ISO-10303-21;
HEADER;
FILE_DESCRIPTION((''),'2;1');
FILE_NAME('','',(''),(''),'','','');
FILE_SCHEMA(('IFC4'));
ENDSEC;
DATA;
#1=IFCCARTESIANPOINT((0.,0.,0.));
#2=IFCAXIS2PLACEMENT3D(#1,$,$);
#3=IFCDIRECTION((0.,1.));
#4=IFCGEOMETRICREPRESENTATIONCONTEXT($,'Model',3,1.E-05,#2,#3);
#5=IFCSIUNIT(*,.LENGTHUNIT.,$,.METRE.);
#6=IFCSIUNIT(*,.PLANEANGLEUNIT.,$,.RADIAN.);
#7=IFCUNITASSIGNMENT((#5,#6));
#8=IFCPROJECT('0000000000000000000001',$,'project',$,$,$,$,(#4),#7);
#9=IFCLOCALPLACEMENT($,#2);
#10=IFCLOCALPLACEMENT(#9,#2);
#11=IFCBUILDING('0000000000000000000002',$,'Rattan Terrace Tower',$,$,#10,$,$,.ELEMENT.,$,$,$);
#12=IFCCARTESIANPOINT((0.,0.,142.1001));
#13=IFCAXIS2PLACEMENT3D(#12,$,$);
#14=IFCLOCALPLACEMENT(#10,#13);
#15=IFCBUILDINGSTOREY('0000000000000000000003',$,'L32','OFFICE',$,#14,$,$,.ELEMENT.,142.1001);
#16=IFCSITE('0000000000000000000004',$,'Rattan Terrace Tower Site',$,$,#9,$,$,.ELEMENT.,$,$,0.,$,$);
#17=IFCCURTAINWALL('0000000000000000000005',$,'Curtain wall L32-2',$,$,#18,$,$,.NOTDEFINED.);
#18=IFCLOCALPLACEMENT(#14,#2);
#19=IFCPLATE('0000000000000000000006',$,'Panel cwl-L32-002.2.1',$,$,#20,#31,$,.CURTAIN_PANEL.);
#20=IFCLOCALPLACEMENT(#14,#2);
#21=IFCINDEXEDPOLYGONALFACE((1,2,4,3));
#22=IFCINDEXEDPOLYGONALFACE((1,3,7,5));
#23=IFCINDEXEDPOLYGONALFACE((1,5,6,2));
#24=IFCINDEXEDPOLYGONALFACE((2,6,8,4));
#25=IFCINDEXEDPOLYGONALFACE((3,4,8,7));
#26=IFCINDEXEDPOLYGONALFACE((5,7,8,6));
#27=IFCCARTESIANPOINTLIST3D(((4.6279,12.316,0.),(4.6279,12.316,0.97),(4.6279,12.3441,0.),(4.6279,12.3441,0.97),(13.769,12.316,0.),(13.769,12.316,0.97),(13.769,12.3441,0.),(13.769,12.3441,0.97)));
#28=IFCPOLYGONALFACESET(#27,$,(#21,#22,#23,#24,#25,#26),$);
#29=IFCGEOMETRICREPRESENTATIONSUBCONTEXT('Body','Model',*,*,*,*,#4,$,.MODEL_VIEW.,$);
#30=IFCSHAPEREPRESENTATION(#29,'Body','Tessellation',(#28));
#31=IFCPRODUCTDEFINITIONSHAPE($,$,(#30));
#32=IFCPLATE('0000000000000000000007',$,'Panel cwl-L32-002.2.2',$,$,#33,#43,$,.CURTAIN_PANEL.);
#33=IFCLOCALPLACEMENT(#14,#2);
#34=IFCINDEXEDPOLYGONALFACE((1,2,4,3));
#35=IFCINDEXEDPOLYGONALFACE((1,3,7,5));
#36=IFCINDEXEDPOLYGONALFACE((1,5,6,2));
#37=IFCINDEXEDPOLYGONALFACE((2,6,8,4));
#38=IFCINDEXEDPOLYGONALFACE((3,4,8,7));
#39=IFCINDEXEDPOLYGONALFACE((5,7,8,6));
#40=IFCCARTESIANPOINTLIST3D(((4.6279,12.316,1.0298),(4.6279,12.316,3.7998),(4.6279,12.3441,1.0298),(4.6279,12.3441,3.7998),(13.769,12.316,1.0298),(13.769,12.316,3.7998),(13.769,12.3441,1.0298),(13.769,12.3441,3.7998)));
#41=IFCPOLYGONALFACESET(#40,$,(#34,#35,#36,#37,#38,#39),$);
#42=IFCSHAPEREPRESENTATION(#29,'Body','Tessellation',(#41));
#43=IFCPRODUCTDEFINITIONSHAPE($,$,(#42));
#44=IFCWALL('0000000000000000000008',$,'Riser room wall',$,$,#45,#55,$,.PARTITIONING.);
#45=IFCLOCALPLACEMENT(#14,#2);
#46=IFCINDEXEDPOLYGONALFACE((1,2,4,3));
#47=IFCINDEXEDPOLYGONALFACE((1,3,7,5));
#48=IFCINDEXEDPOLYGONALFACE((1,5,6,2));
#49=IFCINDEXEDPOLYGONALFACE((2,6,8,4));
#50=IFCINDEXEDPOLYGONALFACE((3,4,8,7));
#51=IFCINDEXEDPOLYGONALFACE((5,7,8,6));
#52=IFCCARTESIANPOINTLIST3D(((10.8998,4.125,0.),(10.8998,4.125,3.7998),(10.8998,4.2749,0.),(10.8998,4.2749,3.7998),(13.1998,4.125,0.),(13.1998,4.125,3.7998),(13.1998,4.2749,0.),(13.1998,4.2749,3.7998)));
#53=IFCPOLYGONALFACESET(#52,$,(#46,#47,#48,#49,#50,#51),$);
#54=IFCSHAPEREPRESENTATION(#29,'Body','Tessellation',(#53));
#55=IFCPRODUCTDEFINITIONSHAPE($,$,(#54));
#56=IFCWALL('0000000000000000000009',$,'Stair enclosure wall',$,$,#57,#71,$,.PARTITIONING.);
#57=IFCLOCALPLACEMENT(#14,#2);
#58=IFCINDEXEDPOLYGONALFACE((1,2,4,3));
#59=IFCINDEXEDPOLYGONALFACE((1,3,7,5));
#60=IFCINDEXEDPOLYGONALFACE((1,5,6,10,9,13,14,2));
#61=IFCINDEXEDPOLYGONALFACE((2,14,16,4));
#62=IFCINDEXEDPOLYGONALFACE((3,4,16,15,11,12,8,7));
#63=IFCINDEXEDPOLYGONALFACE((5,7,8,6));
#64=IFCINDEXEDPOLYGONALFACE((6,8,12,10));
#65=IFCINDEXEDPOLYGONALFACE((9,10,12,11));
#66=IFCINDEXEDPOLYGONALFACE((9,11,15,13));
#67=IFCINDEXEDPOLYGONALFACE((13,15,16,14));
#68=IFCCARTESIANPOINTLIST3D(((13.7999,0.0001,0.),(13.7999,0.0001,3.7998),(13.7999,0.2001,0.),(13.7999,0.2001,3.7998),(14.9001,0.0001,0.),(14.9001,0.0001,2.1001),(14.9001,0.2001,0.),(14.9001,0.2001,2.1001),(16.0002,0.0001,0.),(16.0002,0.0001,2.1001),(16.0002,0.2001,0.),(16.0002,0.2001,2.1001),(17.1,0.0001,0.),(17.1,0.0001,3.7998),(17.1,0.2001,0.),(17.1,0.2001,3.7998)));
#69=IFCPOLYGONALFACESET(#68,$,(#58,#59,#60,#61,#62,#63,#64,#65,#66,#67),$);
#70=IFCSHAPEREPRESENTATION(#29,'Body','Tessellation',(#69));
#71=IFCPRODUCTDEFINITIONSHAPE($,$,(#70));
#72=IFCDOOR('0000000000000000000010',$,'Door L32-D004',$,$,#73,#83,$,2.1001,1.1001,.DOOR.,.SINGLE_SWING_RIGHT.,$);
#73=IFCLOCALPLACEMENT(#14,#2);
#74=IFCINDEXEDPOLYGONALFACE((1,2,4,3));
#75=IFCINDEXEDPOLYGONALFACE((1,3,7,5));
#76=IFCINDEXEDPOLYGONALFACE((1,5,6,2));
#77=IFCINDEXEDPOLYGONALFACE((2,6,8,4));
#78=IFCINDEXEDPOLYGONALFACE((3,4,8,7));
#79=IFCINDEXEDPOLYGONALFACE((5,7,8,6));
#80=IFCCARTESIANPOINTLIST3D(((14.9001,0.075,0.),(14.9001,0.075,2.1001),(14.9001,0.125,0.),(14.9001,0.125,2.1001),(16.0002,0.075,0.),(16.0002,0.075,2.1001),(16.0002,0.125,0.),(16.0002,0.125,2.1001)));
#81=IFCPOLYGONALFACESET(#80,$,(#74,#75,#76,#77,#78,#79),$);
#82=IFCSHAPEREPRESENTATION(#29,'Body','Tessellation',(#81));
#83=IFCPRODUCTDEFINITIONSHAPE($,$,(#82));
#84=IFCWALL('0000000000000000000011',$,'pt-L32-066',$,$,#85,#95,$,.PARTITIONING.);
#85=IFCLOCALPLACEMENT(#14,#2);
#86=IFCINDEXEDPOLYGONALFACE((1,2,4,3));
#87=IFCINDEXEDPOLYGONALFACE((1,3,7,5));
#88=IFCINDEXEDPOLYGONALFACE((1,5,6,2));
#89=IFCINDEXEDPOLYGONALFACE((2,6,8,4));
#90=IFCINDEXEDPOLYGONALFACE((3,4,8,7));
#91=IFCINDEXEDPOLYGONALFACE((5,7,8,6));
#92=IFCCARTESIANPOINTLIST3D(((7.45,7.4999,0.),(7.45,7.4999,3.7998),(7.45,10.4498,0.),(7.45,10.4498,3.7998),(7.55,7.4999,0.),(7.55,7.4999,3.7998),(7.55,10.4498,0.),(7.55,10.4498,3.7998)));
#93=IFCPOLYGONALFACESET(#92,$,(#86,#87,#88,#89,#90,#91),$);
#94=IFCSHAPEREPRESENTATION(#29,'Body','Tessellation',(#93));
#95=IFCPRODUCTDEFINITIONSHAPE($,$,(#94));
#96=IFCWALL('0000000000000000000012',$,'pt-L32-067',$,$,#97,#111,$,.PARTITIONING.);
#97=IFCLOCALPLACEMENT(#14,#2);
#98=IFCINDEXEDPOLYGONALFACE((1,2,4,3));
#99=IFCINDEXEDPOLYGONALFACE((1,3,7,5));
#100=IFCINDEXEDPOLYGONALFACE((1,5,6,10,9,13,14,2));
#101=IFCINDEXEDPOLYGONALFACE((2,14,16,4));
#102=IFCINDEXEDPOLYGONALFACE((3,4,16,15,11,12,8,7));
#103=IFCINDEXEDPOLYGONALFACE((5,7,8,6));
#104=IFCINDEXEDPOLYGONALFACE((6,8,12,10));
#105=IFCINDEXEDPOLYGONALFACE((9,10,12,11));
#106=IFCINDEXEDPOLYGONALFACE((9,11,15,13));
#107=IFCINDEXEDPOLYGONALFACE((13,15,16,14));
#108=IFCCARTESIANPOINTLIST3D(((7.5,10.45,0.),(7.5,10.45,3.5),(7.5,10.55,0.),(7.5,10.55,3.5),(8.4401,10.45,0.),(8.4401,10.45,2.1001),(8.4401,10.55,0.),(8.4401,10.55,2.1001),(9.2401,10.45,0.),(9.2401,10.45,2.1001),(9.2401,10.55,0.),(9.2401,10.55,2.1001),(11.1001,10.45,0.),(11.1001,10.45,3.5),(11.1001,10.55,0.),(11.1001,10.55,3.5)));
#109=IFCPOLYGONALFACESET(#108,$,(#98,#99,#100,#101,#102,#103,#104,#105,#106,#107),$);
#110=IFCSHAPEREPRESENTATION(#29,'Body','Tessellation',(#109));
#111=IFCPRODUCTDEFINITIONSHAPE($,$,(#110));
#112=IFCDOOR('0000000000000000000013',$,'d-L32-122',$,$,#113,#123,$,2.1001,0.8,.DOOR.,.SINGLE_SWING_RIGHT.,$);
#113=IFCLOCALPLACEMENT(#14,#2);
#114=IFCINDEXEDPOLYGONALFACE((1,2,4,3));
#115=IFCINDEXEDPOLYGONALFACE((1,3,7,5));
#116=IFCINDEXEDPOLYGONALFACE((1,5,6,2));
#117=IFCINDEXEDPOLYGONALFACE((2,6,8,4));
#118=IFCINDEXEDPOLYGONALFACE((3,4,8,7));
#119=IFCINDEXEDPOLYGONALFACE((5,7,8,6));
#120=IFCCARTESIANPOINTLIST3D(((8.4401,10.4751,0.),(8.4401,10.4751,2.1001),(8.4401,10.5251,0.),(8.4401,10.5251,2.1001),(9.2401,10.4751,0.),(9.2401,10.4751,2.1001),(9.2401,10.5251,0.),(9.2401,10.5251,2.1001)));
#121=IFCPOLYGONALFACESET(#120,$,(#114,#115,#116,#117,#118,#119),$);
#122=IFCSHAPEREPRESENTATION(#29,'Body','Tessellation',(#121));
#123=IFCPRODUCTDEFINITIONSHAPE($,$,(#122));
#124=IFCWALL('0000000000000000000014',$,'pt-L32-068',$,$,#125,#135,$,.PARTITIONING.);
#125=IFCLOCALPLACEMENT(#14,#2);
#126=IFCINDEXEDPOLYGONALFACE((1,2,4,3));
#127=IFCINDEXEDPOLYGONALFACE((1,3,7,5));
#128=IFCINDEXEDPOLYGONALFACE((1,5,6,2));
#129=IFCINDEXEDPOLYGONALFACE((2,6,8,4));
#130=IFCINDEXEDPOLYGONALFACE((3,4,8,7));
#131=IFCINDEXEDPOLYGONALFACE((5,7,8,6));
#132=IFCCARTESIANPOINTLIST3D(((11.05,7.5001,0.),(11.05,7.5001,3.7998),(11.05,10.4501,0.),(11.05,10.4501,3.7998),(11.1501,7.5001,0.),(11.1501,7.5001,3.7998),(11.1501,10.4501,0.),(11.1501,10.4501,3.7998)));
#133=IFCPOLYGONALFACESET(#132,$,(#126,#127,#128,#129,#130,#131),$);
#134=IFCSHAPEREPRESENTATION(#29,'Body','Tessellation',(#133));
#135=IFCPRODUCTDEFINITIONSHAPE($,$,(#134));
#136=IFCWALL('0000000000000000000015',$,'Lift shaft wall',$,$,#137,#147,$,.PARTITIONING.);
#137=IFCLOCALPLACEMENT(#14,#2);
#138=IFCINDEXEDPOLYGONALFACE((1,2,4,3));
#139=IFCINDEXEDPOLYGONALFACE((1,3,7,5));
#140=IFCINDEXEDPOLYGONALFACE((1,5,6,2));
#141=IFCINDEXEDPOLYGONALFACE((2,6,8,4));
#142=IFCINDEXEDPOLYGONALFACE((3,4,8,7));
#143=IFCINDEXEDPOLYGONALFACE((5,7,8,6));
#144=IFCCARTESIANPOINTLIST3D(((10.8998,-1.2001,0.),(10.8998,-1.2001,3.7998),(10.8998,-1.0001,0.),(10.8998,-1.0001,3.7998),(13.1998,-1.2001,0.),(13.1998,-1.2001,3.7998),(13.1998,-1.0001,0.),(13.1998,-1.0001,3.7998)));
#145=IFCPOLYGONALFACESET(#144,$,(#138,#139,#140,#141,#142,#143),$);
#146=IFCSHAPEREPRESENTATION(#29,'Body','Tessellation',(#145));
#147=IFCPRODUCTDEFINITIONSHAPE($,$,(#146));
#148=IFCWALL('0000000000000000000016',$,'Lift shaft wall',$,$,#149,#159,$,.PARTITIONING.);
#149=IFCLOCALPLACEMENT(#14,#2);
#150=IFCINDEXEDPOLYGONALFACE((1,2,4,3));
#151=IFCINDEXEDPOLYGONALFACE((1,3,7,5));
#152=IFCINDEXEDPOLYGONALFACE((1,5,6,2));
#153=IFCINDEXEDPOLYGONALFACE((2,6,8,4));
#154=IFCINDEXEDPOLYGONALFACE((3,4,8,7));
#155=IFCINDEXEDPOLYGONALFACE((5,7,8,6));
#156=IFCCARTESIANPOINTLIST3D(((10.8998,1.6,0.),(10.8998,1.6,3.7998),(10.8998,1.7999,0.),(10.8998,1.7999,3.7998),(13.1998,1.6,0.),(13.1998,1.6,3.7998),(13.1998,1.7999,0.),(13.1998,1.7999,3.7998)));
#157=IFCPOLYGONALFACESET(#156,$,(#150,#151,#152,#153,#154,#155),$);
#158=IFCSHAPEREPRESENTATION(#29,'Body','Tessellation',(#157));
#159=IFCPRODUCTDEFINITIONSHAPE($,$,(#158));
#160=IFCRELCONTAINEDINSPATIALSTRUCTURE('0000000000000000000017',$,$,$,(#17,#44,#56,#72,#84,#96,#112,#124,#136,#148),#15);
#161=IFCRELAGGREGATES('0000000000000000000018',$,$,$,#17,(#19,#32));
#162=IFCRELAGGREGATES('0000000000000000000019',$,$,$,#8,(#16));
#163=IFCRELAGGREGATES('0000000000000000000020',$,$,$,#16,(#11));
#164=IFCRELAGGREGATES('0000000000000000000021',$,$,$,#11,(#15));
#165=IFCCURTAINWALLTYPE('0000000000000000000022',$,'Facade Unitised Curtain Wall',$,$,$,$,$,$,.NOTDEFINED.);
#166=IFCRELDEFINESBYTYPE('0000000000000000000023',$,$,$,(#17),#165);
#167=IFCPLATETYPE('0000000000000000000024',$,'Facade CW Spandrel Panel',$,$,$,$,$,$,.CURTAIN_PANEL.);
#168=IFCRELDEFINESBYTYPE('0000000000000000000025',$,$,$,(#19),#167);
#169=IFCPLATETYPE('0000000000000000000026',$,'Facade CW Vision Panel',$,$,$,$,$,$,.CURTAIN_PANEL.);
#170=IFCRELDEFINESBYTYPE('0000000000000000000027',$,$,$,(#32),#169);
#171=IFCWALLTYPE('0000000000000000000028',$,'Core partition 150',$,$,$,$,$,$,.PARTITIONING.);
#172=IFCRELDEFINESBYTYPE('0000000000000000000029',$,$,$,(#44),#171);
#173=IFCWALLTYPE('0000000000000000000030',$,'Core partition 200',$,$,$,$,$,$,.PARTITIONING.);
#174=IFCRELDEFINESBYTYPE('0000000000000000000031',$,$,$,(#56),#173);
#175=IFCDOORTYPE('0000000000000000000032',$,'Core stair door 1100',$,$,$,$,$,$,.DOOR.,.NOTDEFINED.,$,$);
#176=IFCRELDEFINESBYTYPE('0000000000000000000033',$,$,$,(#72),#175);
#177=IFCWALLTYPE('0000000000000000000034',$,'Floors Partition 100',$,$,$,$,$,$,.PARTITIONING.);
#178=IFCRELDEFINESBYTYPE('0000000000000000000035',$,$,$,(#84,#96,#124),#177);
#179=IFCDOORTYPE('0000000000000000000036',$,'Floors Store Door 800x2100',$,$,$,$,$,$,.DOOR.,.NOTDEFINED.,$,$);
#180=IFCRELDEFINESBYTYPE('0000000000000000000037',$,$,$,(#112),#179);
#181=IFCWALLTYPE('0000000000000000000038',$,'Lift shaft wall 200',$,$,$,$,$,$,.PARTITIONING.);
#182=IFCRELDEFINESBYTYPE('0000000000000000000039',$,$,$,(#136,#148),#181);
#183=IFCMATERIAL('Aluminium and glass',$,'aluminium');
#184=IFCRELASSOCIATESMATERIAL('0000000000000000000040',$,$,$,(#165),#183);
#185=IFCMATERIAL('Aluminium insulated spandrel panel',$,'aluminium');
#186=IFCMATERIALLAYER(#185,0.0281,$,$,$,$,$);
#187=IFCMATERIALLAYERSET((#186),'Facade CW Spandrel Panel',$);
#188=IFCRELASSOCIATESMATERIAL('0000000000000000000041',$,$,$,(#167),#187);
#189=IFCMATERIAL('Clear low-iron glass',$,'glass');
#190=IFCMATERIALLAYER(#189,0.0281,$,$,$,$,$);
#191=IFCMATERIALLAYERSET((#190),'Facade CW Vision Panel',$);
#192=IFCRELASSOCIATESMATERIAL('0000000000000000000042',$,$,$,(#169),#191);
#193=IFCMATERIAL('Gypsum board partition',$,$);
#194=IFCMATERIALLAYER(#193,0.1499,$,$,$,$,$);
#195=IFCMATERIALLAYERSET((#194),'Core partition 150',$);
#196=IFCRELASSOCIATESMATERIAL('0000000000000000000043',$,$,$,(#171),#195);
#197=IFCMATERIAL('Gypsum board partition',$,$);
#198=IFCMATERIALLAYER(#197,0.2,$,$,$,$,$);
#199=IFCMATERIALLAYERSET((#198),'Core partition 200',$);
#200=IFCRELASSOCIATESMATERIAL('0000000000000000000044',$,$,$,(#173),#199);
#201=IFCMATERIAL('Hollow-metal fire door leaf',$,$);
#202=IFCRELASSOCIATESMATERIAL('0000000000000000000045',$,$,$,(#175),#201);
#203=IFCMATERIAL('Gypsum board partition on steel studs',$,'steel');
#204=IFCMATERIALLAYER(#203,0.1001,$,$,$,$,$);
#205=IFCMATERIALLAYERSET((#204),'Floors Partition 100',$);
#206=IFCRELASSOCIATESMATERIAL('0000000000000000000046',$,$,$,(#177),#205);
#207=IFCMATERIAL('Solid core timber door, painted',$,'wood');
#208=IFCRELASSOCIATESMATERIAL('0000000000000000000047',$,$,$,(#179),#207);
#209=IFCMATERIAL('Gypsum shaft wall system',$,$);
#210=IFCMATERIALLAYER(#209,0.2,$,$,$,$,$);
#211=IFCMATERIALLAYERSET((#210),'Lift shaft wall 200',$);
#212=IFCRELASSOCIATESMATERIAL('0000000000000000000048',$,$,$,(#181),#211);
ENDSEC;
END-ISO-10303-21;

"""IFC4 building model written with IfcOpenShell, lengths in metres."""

from ifc_helpers import new_model, si_unit, direction, frame, frame_2d, origin, origin_2d, place, context, subcontext, project, spatial, rectangle, extrude, material, layer, layer_set, type_object, element, fill, aggregate, save


model = new_model("IFC4")

# Units and contexts
model_context = context("Model", 3, precision=1e-05, world=origin(), true_north=direction((0.0, 1.0)))
body_context = subcontext(model_context, "Body", "Model", "MODEL_VIEW")
ifc_project = project(units=[si_unit("LENGTHUNIT", "METRE"), si_unit("PLANEANGLEUNIT", "RADIAN")], contexts=[model_context])

# Site, building, storey
site_placement = place(None, origin())
site = spatial("IfcSite", under=ifc_project, at=site_placement, Name="Rattan Terrace Tower Site", CompositionType="ELEMENT", RefElevation=0.0)
building_placement = place(site_placement, origin())
building = spatial("IfcBuilding", under=site, at=building_placement, Name="Rattan Terrace Tower", CompositionType="ELEMENT")
storey_placement = place(building_placement, frame((0.0, 0.0, 142.1001)))
storey = spatial("IfcBuildingStorey", under=building, at=storey_placement, Name="L32", Description="OFFICE", CompositionType="ELEMENT", Elevation=142.1001)

# Curtain wall
ifc_material_1 = material(Name="Aluminium and glass", Category="aluminium")
curtain_wall_type = type_object("IfcCurtainWallType", Name="Facade Unitised Curtain Wall", PredefinedType="NOTDEFINED", material=ifc_material_1)
curtain_wall_placement = place(storey_placement, origin())
curtain_wall = element("IfcCurtainWall", 1, at=curtain_wall_placement, inside=storey, type_object=curtain_wall_type, Name="Curtain wall L32-2", PredefinedType="NOTDEFINED")

# Plates
ifc_material_2 = material(Name="Aluminium insulated spandrel panel", Category="aluminium")
ifc_layer_1 = layer(ifc_material_2, 0.0281)
ifc_layer_set_1 = layer_set([ifc_layer_1], Name="Facade CW Spandrel Panel")
plate_type_1 = type_object("IfcPlateType", Name="Facade CW Spandrel Panel", PredefinedType="CURTAIN_PANEL", material=ifc_layer_set_1)
plate_1_placement = place(storey_placement, frame((9.1985, 12.3301, 0.0), z_axis=(0.0, 0.0, 1.0), x_axis=(-1.0, 0.0, 0.0)))
plate_1 = element("IfcPlate", 2, at=plate_1_placement, type_object=plate_type_1, Name="Panel cwl-L32-002.2.1", PredefinedType="CURTAIN_PANEL", context=body_context, shape_type="SweptSolid", body=[
    extrude(rectangle(XDim=9.1411, YDim=0.0281, at=origin_2d()), origin(), (0.0, 0.0, 1.0), 0.97),
])
ifc_material_3 = material(Name="Clear low-iron glass", Category="glass")
ifc_layer_2 = layer(ifc_material_3, 0.0281)
ifc_layer_set_2 = layer_set([ifc_layer_2], Name="Facade CW Vision Panel")
plate_type_2 = type_object("IfcPlateType", Name="Facade CW Vision Panel", PredefinedType="CURTAIN_PANEL", material=ifc_layer_set_2)
plate_2_placement = place(storey_placement, frame((9.1985, 12.3301, 1.0298), z_axis=(0.0, 0.0, 1.0), x_axis=(-1.0, 0.0, 0.0)))
plate_2 = element("IfcPlate", 3, at=plate_2_placement, type_object=plate_type_2, Name="Panel cwl-L32-002.2.2", PredefinedType="CURTAIN_PANEL", context=body_context, shape_type="SweptSolid", body=[
    extrude(rectangle(XDim=9.1411, YDim=0.0281, at=origin_2d()), origin(), (0.0, 0.0, 1.0), 2.77),
])
aggregate(curtain_wall, [plate_1, plate_2])

# Wall
ifc_material_4 = material(Name="Gypsum board partition")
ifc_layer_3 = layer(ifc_material_4, 0.1499)
ifc_layer_set_3 = layer_set([ifc_layer_3], Name="Core partition 150")
wall_type_1 = type_object("IfcWallType", Name="Core partition 150", PredefinedType="PARTITIONING", material=ifc_layer_set_3)
wall_1_placement = place(storey_placement, frame((10.8999, 4.2, 0.0), z_axis=(0.0, 0.0, 1.0), x_axis=(1.0, 0.0, 0.0)))
element("IfcWall", 4, at=wall_1_placement, inside=storey, type_object=wall_type_1, Name="Riser room wall", PredefinedType="PARTITIONING", context=body_context, shape_type="SweptSolid", body=[
    extrude(rectangle(XDim=2.3, YDim=0.1499, at=frame_2d((1.1499, 0.0))), origin(), (0.0, 0.0, 1.0), 3.7998),
])

# Wall, opening, door
ifc_material_5 = material(Name="Gypsum board partition")
ifc_layer_4 = layer(ifc_material_5, 0.2)
ifc_layer_set_4 = layer_set([ifc_layer_4], Name="Core partition 200")
wall_type_2 = type_object("IfcWallType", Name="Core partition 200", PredefinedType="PARTITIONING", material=ifc_layer_set_4)
wall_2_placement = place(storey_placement, frame((13.8, 0.1001, 0.0), z_axis=(0.0, 0.0, 1.0), x_axis=(1.0, 0.0, 0.0)))
wall_2 = element("IfcWall", 5, at=wall_2_placement, inside=storey, type_object=wall_type_2, Name="Stair enclosure wall", PredefinedType="PARTITIONING", context=body_context, shape_type="SweptSolid", body=[
    extrude(rectangle(XDim=3.3, YDim=0.2, at=frame_2d((1.6499, 0.0))), origin(), (0.0, 0.0, 1.0), 3.7998),
])
opening_1_placement = place(wall_2_placement, frame((1.1001, 0.0, 0.0)))
opening_1 = element("IfcOpeningElement", 6, at=opening_1_placement, cuts=wall_2, PredefinedType="OPENING", context=body_context, shape_type="SweptSolid", body=[
    extrude(rectangle(XDim=1.1001, YDim=2.1001, at=frame_2d((0.55, 1.05))), frame((0.0, 0.1106, 0.0), z_axis=(0.0, -1.0, 0.0), x_axis=(1.0, 0.0, 0.0)), (0.0, 0.0, 1.0), 0.2209),
])
ifc_material_6 = material(Name="Hollow-metal fire door leaf")
door_type_1 = type_object("IfcDoorType", Name="Core stair door 1100", OperationType="NOTDEFINED", PredefinedType="DOOR", material=ifc_material_6)
door_1_placement = place(opening_1_placement, origin())
door_1 = element("IfcDoor", 7, at=door_1_placement, inside=storey, type_object=door_type_1, Name="Door L32-D004", OperationType="SINGLE_SWING_RIGHT", OverallHeight=2.1001, OverallWidth=1.1001, PredefinedType="DOOR", context=body_context, shape_type="SweptSolid", body=[
    extrude(rectangle(XDim=1.1001, YDim=2.1001, at=frame_2d((0.55, 1.05))), frame((0.0, 0.0249, 0.0), z_axis=(0.0, -1.0, 0.0), x_axis=(1.0, 0.0, 0.0)), (0.0, 0.0, 1.0), 0.05),
])
fill(opening_1, door_1)

# Wall
ifc_material_7 = material(Name="Gypsum board partition on steel studs", Category="steel")
ifc_layer_5 = layer(ifc_material_7, 0.1001)
ifc_layer_set_5 = layer_set([ifc_layer_5], Name="Floors Partition 100")
wall_type_3 = type_object("IfcWallType", Name="Floors Partition 100", PredefinedType="PARTITIONING", material=ifc_layer_set_5)
wall_3_placement = place(storey_placement, frame((7.5, 10.45, 0.0), z_axis=(0.0, 0.0, 1.0), x_axis=(0.0, -1.0, 0.0)))
element("IfcWall", 8, at=wall_3_placement, inside=storey, type_object=wall_type_3, Name="pt-L32-066", PredefinedType="PARTITIONING", context=body_context, shape_type="SweptSolid", body=[
    extrude(rectangle(XDim=2.95, YDim=0.1001, at=frame_2d((1.4751, 0.0))), origin(), (0.0, 0.0, 1.0), 3.7998),
])

# Wall, opening, door
wall_4_placement = place(storey_placement, frame((11.1001, 10.5, 0.0), z_axis=(0.0, 0.0, 1.0), x_axis=(-1.0, 0.0, 0.0)))
wall_4 = element("IfcWall", 9, at=wall_4_placement, inside=storey, type_object=wall_type_3, Name="pt-L32-067", PredefinedType="PARTITIONING", context=body_context, shape_type="SweptSolid", body=[
    extrude(rectangle(XDim=3.6001, YDim=0.1001, at=frame_2d((1.8, 0.0))), origin(), (0.0, 0.0, 1.0), 3.5),
])
opening_2_placement = place(wall_4_placement, frame((1.8601, 0.0, 0.0)))
opening_2 = element("IfcOpeningElement", 10, at=opening_2_placement, cuts=wall_4, PredefinedType="OPENING", context=body_context, shape_type="SweptSolid", body=[
    extrude(rectangle(XDim=0.8, YDim=2.1001, at=frame_2d((0.3999, 1.05))), frame((0.0, 0.0605, 0.0), z_axis=(0.0, -1.0, 0.0), x_axis=(1.0, 0.0, 0.0)), (0.0, 0.0, 1.0), 0.1211),
])
ifc_material_8 = material(Name="Solid core timber door, painted", Category="wood")
door_type_2 = type_object("IfcDoorType", Name="Floors Store Door 800x2100", OperationType="NOTDEFINED", PredefinedType="DOOR", material=ifc_material_8)
door_2_placement = place(opening_2_placement, origin())
door_2 = element("IfcDoor", 11, at=door_2_placement, inside=storey, type_object=door_type_2, Name="d-L32-122", OperationType="SINGLE_SWING_RIGHT", OverallHeight=2.1001, OverallWidth=0.8, PredefinedType="DOOR", context=body_context, shape_type="SweptSolid", body=[
    extrude(rectangle(XDim=0.8, YDim=2.1001, at=frame_2d((0.3999, 1.05))), frame((0.0, 0.0249, 0.0), z_axis=(0.0, -1.0, 0.0), x_axis=(1.0, 0.0, 0.0)), (0.0, 0.0, 1.0), 0.05),
])
fill(opening_2, door_2)

# Walls
wall_5_placement = place(storey_placement, frame((11.1001, 7.5, 0.0), z_axis=(0.0, 0.0, 1.0), x_axis=(0.0, 1.0, 0.0)))
element("IfcWall", 12, at=wall_5_placement, inside=storey, type_object=wall_type_3, Name="pt-L32-068", PredefinedType="PARTITIONING", context=body_context, shape_type="SweptSolid", body=[
    extrude(rectangle(XDim=2.95, YDim=0.1001, at=frame_2d((1.4751, 0.0))), origin(), (0.0, 0.0, 1.0), 3.7998),
])
ifc_material_9 = material(Name="Gypsum shaft wall system")
ifc_layer_6 = layer(ifc_material_9, 0.2)
ifc_layer_set_6 = layer_set([ifc_layer_6], Name="Lift shaft wall 200")
wall_type_4 = type_object("IfcWallType", Name="Lift shaft wall 200", PredefinedType="PARTITIONING", material=ifc_layer_set_6)
for number, where, z_axis, x_axis, name in (
    (13, (10.8999, -1.1001, 0.0), (0.0, 0.0, 1.0), (1.0, 0.0, 0.0), "Lift shaft wall"),
    (14, (10.8999, 1.7, 0.0), (0.0, 0.0, 1.0), (1.0, 0.0, 0.0), "Lift shaft wall"),
):
    element("IfcWall", number, at=place(storey_placement, frame(where, z_axis=z_axis, x_axis=x_axis)), inside=storey, type_object=wall_type_4, Name=name, PredefinedType="PARTITIONING", context=body_context, shape_type="SweptSolid", body=[
        extrude(rectangle(XDim=2.3, YDim=0.2, at=frame_2d((1.1499, 0.0))), origin(), (0.0, 0.0, 1.0), 3.7998),
    ])

save(model, "model.ifc")
